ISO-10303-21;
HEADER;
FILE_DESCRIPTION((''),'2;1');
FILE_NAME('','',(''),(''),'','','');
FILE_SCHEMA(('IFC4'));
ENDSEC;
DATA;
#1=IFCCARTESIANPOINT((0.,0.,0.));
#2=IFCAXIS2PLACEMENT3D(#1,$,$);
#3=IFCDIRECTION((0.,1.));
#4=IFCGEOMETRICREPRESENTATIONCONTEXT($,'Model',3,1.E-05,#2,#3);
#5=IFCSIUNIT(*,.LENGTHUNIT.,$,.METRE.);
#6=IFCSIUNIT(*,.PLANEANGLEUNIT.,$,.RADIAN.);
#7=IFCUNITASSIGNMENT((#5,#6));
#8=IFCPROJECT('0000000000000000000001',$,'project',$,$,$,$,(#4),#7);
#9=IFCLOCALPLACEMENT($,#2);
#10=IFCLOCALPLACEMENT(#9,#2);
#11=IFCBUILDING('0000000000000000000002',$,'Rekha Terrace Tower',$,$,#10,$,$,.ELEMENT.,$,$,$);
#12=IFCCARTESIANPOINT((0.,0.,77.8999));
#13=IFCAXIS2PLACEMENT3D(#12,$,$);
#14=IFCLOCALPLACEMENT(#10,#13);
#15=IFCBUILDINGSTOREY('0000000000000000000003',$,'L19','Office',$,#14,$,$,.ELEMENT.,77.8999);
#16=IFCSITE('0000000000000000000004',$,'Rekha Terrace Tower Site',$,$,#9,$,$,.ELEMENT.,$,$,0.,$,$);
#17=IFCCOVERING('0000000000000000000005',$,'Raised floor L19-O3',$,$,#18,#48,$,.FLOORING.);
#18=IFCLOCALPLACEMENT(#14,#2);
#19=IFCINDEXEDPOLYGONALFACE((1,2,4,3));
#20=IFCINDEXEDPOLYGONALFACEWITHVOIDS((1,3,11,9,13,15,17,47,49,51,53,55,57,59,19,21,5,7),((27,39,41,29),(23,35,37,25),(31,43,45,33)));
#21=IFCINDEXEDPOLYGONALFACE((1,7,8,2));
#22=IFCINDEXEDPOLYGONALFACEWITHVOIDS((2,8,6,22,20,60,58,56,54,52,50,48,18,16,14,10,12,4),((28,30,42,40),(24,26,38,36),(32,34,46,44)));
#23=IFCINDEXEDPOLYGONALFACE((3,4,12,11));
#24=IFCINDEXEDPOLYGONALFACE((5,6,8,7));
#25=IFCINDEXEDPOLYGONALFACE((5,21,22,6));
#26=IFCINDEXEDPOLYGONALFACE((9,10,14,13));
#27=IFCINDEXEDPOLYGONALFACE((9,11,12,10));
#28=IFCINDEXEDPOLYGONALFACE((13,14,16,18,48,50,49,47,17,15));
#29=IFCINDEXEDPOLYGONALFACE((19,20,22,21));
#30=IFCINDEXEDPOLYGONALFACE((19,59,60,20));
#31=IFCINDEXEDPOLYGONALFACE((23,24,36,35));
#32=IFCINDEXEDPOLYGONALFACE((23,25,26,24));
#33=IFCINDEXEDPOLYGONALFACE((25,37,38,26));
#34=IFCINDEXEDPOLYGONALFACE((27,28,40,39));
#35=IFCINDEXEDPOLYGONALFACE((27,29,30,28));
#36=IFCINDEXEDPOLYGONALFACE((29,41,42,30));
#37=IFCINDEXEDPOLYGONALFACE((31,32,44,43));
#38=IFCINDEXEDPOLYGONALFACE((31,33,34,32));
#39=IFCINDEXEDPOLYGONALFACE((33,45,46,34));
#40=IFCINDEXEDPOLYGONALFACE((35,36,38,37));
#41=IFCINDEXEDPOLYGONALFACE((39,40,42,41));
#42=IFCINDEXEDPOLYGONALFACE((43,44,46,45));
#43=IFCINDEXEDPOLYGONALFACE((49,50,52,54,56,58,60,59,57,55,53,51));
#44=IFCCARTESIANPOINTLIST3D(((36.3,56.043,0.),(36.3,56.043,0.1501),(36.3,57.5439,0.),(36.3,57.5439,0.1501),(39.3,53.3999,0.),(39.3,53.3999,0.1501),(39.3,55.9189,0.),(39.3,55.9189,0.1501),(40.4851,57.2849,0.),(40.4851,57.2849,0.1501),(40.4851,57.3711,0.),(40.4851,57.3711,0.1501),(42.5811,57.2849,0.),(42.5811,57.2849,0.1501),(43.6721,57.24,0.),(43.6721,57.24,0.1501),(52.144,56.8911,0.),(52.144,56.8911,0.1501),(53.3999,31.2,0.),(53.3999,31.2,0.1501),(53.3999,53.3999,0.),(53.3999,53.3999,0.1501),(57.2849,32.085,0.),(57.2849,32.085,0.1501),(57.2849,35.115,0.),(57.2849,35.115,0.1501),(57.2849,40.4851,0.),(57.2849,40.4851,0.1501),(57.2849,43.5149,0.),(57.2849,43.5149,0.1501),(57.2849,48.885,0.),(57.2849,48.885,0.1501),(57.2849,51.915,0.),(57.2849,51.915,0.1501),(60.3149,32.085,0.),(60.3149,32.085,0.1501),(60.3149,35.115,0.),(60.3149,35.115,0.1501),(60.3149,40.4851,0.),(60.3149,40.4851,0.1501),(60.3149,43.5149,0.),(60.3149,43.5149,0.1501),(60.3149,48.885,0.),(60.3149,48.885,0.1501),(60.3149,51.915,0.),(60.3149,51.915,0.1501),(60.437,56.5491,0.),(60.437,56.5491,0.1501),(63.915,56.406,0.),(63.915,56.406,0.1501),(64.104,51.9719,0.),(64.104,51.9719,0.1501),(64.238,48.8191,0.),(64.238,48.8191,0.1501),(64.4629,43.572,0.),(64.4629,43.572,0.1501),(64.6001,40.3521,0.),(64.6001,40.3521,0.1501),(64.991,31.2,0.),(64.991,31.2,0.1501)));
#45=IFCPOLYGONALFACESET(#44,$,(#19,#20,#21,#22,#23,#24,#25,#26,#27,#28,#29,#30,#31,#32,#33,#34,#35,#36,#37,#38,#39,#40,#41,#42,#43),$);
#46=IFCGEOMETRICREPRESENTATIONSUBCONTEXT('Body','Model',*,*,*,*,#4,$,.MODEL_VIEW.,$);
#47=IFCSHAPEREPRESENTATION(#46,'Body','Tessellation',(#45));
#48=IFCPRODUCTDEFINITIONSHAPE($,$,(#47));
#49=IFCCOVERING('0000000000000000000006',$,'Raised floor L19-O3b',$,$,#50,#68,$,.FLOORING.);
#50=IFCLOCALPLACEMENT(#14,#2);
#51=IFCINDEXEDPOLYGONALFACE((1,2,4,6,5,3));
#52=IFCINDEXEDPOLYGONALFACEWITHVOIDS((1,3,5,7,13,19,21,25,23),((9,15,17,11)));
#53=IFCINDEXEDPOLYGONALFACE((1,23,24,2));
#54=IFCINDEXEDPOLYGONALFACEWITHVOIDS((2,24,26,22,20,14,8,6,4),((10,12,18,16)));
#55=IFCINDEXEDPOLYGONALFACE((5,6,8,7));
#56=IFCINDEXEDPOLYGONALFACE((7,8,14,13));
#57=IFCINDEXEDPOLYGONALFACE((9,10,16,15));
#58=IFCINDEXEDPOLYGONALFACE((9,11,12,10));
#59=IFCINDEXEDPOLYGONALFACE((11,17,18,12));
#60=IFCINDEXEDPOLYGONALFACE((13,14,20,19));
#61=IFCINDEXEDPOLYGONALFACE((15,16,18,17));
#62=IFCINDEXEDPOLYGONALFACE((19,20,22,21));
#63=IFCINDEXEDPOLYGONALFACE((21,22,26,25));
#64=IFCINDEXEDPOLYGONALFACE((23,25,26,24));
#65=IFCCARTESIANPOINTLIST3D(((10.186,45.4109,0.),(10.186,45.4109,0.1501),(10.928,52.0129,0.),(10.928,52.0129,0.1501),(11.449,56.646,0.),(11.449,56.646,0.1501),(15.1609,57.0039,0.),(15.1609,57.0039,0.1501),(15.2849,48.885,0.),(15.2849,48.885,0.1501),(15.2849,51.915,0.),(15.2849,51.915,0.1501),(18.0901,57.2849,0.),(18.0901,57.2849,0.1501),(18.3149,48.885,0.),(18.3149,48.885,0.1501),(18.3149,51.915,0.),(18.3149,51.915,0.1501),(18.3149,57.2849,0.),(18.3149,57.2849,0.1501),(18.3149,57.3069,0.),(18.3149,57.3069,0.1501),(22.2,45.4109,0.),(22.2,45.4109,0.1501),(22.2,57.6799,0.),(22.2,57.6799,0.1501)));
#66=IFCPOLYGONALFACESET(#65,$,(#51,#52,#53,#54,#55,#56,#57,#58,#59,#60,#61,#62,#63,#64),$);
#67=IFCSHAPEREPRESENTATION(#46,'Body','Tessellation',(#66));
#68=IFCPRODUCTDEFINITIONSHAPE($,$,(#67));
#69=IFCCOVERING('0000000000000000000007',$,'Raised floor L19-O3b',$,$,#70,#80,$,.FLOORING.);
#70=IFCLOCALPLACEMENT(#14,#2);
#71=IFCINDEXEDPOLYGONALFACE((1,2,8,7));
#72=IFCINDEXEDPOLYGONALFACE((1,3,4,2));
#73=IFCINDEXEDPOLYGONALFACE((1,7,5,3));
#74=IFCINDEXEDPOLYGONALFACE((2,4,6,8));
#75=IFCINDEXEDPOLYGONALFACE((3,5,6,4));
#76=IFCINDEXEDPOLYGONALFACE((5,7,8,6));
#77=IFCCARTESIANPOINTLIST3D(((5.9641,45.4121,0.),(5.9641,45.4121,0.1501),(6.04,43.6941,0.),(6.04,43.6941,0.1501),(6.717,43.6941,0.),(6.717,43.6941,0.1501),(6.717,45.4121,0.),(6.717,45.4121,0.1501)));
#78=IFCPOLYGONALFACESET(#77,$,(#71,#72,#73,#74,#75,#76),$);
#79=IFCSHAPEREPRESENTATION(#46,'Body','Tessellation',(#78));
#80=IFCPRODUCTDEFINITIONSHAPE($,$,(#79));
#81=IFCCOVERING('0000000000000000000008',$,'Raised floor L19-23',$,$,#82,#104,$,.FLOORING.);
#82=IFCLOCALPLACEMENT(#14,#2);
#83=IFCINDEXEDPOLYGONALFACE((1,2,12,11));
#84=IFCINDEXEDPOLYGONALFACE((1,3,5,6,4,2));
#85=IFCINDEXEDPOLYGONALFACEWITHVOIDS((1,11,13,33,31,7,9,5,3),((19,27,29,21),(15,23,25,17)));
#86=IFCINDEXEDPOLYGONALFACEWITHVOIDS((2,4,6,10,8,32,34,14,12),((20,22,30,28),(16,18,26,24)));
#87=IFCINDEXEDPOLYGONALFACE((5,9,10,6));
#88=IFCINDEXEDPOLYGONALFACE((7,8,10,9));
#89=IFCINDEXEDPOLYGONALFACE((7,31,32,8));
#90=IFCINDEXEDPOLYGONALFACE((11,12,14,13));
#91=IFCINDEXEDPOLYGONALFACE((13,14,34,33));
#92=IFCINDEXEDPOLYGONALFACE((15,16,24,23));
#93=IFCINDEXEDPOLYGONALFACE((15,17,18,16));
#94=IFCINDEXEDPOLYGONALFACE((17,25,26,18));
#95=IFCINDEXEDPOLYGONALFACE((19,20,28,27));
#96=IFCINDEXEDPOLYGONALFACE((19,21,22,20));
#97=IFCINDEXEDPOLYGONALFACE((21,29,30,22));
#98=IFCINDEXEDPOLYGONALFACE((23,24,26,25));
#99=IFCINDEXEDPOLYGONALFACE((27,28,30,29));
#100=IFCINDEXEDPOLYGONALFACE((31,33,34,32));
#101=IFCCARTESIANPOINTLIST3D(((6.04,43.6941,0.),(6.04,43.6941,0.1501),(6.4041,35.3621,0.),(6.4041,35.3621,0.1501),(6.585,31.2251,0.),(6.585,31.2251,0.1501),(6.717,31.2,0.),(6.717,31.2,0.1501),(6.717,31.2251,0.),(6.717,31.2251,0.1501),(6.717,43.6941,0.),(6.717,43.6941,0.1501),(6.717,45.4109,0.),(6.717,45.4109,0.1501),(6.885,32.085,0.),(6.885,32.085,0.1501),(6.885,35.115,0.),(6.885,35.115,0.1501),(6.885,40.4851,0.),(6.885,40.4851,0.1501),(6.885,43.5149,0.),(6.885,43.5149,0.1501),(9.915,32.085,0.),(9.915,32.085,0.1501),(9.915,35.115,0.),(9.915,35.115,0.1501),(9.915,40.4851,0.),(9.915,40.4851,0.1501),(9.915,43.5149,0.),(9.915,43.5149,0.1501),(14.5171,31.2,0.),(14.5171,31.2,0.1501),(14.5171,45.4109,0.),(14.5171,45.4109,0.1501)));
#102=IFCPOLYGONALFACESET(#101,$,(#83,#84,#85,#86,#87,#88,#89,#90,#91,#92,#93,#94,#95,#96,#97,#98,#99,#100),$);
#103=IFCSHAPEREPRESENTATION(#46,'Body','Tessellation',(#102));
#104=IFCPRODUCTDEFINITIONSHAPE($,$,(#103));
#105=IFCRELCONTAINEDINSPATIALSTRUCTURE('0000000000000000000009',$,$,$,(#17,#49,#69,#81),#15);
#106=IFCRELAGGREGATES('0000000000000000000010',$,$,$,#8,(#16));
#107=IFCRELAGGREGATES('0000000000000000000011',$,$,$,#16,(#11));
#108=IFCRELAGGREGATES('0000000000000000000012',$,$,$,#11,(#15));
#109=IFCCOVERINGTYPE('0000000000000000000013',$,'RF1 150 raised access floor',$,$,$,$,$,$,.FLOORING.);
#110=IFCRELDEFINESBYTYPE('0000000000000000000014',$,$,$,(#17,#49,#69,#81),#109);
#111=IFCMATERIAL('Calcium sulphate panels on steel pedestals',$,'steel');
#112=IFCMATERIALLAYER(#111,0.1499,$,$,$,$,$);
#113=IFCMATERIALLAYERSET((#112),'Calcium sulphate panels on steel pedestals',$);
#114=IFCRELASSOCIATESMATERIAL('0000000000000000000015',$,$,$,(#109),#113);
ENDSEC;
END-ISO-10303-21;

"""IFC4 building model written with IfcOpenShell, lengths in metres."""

from ifc_helpers import new_model, si_unit, direction, frame, origin, place, context, subcontext, project, spatial, polyline, outline, extrude, material, layer, layer_set, type_object, element, save


model = new_model("IFC4")

# Units and contexts
model_context = context("Model", 3, precision=1e-05, world=origin(), true_north=direction((0.0, 1.0)))
body_context = subcontext(model_context, "Body", "Model", "MODEL_VIEW")
ifc_project = project(units=[si_unit("LENGTHUNIT", "METRE"), si_unit("PLANEANGLEUNIT", "RADIAN")], contexts=[model_context])

# Site, building, storey
site_placement = place(None, origin())
site = spatial("IfcSite", under=ifc_project, at=site_placement, Name="Rekha Terrace Tower Site", CompositionType="ELEMENT", RefElevation=0.0)
building_placement = place(site_placement, origin())
building = spatial("IfcBuilding", under=site, at=building_placement, Name="Rekha Terrace Tower", CompositionType="ELEMENT")
storey_placement = place(building_placement, frame((0.0, 0.0, 77.8999)))
storey = spatial("IfcBuildingStorey", under=building, at=storey_placement, Name="L19", Description="Office", CompositionType="ELEMENT", Elevation=77.8999)

# Coverings
ifc_material_1 = material(Name="Calcium sulphate panels on steel pedestals", Category="steel")
ifc_layer_1 = layer(ifc_material_1, 0.1499)
ifc_layer_set_1 = layer_set([ifc_layer_1], Name="Calcium sulphate panels on steel pedestals")
covering_type_1 = type_object("IfcCoveringType", Name="RF1 150 raised access floor", PredefinedType="FLOORING", material=ifc_layer_set_1)
covering_1_placement = place(storey_placement, origin())
element("IfcCovering", 1, at=covering_1_placement, inside=storey, type_object=covering_type_1, Name="Raised floor L19-O3", PredefinedType="FLOORING", context=body_context, shape_type="SweptSolid", body=[
    extrude(outline(polyline([(52.144, 56.8911), (43.6721, 57.24), (42.5811, 57.2849), (40.4851, 57.2849), (40.4851, 57.3711), (36.3, 57.5439), (36.3, 56.043), (39.3, 55.9189), (39.3, 53.3999), (53.3999, 53.3999), (53.3999, 31.2), (64.991, 31.2), (64.6001, 40.3521), (64.4629, 43.572), (64.238, 48.8191), (64.104, 51.9719), (63.915, 56.406), (60.437, 56.5491), (52.144, 56.8911)]), holes=[polyline([(60.3149, 32.085), (57.2849, 32.085), (57.2849, 35.115), (60.3149, 35.115), (60.3149, 32.085)]), polyline([(60.3149, 40.4851), (57.2849, 40.4851), (57.2849, 43.5149), (60.3149, 43.5149), (60.3149, 40.4851)]), polyline([(60.3149, 48.885), (57.2849, 48.885), (57.2849, 51.915), (60.3149, 51.915), (60.3149, 48.885)])]), origin(), (0.0, 0.0, 1.0), 0.1501),
])
covering_2_placement = place(storey_placement, origin())
element("IfcCovering", 2, at=covering_2_placement, inside=storey, type_object=covering_type_1, Name="Raised floor L19-O3b", PredefinedType="FLOORING", context=body_context, shape_type="SweptSolid", body=[
    extrude(outline(polyline([(10.928, 52.0129), (10.186, 45.4109), (22.2, 45.4109), (22.2, 57.6799), (18.3149, 57.3069), (18.3149, 57.2849), (18.0901, 57.2849), (15.1609, 57.0039), (11.449, 56.646), (10.928, 52.0129)]), holes=[polyline([(18.3149, 48.885), (15.2849, 48.885), (15.2849, 51.915), (18.3149, 51.915), (18.3149, 48.885)])]), origin(), (0.0, 0.0, 1.0), 0.1501),
])
covering_3_placement = place(storey_placement, origin())
element("IfcCovering", 3, at=covering_3_placement, inside=storey, type_object=covering_type_1, Name="Raised floor L19-O3b", PredefinedType="FLOORING", context=body_context, shape_type="SweptSolid", body=[
    extrude(outline(polyline([(6.717, 43.6941), (6.717, 45.4121), (5.9641, 45.4121), (6.04, 43.6941), (6.717, 43.6941)])), origin(), (0.0, 0.0, 1.0), 0.1501),
])
covering_4_placement = place(storey_placement, origin())
element("IfcCovering", 4, at=covering_4_placement, inside=storey, type_object=covering_type_1, Name="Raised floor L19-23", PredefinedType="FLOORING", context=body_context, shape_type="SweptSolid", body=[
    extrude(outline(polyline([(6.717, 31.2251), (6.717, 31.2), (14.5171, 31.2), (14.5171, 45.4109), (6.717, 45.4109), (6.717, 43.6941), (6.04, 43.6941), (6.4041, 35.3621), (6.585, 31.2251), (6.717, 31.2251)]), holes=[polyline([(9.915, 32.085), (6.885, 32.085), (6.885, 35.115), (9.915, 35.115), (9.915, 32.085)]), polyline([(9.915, 40.4851), (6.885, 40.4851), (6.885, 43.5149), (9.915, 43.5149), (9.915, 40.4851)])]), origin(), (0.0, 0.0, 1.0), 0.1501),
])

save(model, "model.ifc")
